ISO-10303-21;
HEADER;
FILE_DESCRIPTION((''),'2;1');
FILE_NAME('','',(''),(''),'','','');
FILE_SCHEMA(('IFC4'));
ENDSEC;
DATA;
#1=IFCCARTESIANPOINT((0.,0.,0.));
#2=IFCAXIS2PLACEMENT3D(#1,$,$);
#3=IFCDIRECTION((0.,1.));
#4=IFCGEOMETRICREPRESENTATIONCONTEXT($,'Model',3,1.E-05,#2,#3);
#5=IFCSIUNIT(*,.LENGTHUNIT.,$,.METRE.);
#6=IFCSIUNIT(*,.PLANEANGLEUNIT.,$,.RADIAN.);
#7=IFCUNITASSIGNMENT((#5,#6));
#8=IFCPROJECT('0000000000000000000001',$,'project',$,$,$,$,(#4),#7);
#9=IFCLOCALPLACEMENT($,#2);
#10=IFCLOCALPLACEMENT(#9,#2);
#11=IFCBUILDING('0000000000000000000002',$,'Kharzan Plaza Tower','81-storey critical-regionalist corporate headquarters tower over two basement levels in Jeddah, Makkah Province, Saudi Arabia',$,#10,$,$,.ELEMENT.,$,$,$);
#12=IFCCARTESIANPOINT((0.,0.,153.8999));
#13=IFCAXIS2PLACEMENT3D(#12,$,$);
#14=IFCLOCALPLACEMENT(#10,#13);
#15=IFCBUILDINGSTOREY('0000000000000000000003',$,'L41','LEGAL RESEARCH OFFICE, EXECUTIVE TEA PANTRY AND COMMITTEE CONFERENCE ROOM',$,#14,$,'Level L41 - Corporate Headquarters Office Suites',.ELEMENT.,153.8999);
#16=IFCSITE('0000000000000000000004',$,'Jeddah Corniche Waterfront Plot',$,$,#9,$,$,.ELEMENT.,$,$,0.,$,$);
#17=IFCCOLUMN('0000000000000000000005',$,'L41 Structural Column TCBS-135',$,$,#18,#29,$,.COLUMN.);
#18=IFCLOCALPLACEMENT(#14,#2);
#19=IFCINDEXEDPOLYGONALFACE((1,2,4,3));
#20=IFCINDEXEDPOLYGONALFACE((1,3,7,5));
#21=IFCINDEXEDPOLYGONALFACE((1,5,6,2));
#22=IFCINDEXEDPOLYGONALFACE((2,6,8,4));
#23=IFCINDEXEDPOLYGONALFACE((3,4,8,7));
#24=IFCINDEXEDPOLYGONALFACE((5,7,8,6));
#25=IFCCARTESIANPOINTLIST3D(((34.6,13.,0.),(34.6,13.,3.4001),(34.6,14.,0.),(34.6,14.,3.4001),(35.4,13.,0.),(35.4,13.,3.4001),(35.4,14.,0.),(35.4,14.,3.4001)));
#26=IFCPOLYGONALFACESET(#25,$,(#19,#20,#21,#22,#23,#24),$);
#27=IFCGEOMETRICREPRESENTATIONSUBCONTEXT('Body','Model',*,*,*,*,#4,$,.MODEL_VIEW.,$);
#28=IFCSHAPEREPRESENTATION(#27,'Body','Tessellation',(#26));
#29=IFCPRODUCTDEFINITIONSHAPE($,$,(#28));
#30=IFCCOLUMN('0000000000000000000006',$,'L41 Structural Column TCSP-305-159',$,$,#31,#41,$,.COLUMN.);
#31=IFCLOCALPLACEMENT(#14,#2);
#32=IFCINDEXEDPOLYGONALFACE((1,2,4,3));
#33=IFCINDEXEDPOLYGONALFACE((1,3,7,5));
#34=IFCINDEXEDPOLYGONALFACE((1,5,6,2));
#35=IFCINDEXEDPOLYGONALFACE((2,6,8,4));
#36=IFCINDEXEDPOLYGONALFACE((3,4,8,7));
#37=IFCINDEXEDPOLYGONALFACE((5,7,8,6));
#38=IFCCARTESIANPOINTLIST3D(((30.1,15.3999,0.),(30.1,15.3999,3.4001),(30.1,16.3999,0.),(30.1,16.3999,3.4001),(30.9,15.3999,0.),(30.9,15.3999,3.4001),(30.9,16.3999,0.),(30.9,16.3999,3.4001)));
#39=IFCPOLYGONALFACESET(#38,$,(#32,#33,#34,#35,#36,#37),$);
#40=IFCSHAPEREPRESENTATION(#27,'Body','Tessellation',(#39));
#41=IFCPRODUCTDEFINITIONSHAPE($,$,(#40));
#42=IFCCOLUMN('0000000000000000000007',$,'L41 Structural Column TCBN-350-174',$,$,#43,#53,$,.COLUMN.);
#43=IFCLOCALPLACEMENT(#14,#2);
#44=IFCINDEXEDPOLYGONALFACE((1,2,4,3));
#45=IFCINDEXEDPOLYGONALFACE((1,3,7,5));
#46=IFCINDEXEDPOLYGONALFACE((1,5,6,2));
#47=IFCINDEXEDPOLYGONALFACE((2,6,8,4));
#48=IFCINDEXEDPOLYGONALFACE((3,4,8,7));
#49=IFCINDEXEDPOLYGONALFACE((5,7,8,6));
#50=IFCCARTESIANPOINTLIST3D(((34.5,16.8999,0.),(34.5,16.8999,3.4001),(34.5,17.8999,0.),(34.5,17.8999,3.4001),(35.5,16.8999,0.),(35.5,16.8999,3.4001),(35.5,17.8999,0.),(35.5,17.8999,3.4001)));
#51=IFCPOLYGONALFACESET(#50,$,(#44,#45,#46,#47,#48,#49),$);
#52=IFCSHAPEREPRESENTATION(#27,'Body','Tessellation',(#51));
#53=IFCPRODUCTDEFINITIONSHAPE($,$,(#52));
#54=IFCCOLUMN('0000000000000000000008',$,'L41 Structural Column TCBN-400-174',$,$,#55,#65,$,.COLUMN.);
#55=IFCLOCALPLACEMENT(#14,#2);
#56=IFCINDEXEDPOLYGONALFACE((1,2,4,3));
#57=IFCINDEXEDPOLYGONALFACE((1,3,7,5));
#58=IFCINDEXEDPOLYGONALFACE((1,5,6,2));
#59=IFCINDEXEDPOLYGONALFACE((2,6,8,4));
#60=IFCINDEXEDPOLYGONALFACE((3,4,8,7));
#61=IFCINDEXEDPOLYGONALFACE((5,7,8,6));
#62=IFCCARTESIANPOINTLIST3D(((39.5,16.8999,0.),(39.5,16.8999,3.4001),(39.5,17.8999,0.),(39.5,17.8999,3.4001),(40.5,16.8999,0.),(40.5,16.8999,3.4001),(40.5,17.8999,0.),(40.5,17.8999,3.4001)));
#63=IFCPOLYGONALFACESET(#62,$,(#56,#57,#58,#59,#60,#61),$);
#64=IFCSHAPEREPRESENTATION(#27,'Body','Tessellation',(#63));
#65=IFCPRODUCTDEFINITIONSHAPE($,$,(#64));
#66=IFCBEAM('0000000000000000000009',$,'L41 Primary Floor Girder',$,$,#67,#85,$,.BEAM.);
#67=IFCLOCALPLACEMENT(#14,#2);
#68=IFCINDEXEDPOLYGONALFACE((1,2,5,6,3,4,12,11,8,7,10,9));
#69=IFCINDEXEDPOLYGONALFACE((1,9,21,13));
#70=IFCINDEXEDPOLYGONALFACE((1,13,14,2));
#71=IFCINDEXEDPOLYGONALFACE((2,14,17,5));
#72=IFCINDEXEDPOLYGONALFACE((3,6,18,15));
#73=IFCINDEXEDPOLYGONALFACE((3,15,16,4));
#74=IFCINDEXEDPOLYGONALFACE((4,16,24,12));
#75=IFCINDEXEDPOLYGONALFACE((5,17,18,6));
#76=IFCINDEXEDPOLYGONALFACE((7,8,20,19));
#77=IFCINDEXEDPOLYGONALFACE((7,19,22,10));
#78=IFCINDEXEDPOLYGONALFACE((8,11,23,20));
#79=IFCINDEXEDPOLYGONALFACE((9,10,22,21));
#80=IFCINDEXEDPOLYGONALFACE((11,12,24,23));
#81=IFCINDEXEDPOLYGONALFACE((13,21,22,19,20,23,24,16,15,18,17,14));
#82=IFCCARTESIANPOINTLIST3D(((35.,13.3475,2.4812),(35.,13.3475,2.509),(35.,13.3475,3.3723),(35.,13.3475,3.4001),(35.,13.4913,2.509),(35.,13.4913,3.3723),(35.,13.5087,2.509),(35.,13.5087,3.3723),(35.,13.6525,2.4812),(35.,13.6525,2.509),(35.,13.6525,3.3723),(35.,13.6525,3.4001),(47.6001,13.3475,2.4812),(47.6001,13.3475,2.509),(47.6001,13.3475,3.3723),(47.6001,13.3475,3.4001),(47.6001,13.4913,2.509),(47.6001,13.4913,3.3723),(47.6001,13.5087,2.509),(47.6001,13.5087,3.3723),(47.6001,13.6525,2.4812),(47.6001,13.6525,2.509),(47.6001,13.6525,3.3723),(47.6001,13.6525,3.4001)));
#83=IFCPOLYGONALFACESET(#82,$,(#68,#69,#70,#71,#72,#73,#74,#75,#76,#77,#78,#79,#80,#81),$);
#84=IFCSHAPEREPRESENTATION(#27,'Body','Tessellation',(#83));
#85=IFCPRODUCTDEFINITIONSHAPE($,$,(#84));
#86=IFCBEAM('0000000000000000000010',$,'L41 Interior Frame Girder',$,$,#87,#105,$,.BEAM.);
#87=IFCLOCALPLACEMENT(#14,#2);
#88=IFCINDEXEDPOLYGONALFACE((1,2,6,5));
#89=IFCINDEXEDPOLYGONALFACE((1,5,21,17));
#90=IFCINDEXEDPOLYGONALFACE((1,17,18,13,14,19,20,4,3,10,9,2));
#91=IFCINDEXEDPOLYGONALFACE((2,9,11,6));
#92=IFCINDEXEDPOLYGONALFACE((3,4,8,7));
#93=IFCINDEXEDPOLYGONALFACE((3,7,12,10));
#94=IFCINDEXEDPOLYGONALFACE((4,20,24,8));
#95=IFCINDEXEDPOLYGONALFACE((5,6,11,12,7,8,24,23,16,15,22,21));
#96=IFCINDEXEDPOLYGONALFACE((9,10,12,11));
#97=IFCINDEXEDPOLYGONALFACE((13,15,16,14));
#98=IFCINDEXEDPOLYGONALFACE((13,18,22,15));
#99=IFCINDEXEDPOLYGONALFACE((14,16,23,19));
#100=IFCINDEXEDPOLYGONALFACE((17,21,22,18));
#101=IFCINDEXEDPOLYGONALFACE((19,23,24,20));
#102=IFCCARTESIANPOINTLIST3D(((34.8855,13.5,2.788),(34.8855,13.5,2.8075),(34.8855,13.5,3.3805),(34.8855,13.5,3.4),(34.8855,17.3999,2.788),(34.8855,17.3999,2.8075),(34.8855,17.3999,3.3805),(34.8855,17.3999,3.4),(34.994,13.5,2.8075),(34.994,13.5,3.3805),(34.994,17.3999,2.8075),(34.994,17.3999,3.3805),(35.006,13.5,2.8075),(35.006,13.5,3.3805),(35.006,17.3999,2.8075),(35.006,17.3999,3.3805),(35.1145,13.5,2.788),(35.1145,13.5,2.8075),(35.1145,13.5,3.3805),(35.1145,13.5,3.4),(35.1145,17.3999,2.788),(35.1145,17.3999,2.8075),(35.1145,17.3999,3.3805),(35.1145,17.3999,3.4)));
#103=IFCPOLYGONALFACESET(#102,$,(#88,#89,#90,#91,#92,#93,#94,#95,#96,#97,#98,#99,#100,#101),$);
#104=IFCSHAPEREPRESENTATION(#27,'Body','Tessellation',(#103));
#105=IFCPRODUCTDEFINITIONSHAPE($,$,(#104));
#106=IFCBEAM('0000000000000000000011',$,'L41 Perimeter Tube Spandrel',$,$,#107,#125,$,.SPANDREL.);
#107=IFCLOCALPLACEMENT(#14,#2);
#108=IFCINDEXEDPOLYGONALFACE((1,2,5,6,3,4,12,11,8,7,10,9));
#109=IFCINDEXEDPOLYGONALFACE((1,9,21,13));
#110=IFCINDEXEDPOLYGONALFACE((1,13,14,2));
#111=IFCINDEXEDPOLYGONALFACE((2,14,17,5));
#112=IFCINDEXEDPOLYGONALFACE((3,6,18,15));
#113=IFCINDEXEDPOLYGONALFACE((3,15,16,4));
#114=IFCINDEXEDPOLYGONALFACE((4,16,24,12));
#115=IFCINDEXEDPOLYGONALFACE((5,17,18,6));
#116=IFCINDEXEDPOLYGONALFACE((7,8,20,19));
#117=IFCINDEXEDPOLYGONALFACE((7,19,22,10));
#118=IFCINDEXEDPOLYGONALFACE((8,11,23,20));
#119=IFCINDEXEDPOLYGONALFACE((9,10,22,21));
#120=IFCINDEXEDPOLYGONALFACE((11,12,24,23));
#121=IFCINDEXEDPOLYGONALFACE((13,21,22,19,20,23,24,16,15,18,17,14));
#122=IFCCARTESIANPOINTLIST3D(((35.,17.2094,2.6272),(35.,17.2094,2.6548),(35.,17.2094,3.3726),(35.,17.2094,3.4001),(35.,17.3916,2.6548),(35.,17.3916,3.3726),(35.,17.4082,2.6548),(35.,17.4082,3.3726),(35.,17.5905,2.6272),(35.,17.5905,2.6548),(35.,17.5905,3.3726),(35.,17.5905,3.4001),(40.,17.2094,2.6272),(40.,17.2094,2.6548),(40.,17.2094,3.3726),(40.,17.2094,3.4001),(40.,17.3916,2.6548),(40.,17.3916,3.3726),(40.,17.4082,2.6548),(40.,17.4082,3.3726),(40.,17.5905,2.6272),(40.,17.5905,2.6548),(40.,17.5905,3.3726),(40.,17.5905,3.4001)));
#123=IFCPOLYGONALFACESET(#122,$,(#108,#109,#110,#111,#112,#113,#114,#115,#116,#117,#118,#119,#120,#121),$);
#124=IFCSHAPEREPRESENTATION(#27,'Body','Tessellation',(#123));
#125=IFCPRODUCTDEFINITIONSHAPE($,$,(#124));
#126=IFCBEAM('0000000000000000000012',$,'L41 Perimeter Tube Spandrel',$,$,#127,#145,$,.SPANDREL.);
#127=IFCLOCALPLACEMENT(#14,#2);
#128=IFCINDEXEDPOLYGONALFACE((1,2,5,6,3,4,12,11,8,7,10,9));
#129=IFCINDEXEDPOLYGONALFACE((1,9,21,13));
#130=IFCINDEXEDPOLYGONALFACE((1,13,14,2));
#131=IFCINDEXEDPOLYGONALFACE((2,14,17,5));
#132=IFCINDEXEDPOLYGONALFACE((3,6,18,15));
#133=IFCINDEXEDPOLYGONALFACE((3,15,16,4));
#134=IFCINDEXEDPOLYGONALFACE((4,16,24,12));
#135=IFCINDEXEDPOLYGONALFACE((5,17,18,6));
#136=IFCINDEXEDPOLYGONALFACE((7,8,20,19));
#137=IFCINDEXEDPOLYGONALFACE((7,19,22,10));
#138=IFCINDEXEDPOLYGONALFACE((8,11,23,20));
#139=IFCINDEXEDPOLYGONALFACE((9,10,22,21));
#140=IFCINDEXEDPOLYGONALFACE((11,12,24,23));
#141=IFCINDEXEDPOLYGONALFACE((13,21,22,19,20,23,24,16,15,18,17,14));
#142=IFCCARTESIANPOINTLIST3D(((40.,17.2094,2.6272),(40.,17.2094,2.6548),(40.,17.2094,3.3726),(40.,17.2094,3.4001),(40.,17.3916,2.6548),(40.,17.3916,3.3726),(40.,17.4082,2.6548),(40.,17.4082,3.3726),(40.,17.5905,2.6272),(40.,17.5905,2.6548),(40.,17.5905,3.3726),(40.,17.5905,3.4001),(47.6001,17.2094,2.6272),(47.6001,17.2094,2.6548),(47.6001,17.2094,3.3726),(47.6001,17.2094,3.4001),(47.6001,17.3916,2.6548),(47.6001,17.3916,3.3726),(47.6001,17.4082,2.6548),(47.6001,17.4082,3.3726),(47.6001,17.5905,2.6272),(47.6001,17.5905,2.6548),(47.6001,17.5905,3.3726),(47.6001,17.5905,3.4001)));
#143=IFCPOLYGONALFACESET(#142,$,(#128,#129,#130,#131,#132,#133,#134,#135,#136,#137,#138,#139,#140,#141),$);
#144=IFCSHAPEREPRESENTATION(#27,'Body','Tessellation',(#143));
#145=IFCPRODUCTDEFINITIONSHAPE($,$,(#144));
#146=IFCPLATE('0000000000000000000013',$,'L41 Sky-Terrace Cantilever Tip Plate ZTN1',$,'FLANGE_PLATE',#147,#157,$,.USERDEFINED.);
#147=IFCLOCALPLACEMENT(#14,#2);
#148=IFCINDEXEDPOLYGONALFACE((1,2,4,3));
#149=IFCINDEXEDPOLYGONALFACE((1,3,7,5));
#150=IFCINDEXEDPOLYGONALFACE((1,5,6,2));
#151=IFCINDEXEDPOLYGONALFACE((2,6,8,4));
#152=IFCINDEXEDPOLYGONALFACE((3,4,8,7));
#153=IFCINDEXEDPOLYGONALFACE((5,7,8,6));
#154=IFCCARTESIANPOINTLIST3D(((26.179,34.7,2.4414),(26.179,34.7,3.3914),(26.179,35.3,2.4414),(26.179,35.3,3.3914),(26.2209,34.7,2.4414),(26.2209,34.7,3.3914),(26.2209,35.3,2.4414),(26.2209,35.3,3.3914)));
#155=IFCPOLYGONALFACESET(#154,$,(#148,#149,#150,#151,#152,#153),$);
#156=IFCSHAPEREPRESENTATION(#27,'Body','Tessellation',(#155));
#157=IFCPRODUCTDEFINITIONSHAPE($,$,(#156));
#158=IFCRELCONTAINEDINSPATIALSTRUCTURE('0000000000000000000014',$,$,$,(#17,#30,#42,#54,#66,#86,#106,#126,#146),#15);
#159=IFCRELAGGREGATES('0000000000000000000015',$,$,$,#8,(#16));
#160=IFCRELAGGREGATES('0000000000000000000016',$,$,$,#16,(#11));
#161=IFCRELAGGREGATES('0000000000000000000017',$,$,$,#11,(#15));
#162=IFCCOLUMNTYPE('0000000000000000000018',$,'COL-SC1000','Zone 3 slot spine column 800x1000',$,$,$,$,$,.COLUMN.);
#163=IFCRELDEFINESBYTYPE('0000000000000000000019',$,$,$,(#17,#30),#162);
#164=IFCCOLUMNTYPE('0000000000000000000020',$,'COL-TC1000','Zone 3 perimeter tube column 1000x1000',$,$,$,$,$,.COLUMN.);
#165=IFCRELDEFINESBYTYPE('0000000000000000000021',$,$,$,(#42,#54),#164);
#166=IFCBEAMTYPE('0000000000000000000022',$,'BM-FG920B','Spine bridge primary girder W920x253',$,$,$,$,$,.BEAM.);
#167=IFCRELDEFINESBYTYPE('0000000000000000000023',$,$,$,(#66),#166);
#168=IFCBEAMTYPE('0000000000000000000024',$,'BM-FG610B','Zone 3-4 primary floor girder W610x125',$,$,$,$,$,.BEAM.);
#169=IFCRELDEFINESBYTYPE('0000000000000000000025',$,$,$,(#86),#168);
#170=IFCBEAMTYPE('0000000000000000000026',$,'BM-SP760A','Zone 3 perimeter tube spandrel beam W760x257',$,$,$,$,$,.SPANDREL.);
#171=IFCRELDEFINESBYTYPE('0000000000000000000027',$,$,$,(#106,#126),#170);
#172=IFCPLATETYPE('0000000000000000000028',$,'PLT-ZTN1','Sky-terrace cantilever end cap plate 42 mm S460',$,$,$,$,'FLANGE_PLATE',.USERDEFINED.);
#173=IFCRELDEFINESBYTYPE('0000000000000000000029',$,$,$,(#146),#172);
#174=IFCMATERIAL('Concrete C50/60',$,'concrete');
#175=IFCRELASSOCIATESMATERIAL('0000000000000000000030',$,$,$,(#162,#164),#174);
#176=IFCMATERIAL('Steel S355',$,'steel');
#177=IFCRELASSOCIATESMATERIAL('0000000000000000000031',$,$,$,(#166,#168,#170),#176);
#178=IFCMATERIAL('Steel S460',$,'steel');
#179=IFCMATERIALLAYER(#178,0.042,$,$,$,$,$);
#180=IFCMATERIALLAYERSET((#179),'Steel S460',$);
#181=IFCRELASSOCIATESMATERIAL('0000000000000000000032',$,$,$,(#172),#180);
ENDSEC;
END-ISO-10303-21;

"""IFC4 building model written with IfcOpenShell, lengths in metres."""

from ifc_helpers import new_model, si_unit, direction, frame, origin, origin_2d, place, context, subcontext, project, spatial, rectangle, i_section, extrude, source, transform, mapped, material, layer, layer_set, material_profile, profile_set, type_object, element, save


model = new_model("IFC4")

# Units and contexts
model_context = context("Model", 3, precision=1e-05, world=origin(), true_north=direction((0.0, 1.0)))
body_context = subcontext(model_context, "Body", "Model", "MODEL_VIEW")
ifc_project = project(units=[si_unit("LENGTHUNIT", "METRE"), si_unit("PLANEANGLEUNIT", "RADIAN")], contexts=[model_context])

# Site, building, storey
site_placement = place(None, origin())
site = spatial("IfcSite", under=ifc_project, at=site_placement, Name="Jeddah Corniche Waterfront Plot", CompositionType="ELEMENT", RefElevation=0.0)
building_placement = place(site_placement, origin())
building = spatial("IfcBuilding", under=site, at=building_placement, Name="Kharzan Plaza Tower", Description="81-storey critical-regionalist corporate headquarters tower over two basement levels in Jeddah, Makkah Province, Saudi Arabia", CompositionType="ELEMENT")
storey_placement = place(building_placement, frame((0.0, 0.0, 153.8999)))
storey = spatial("IfcBuildingStorey", under=building, at=storey_placement, Name="L41", Description="LEGAL RESEARCH OFFICE, EXECUTIVE TEA PANTRY AND COMMITTEE CONFERENCE ROOM", LongName="Level L41 - Corporate Headquarters Office Suites", CompositionType="ELEMENT", Elevation=153.8999)

# Columns
ifc_material_1 = material(Name="Concrete C50/60", Category="concrete")
ifc_material_profile_1 = material_profile(ifc_material_1, rectangle(XDim=0.8, YDim=1.0, at=origin_2d()), Name="RC-SC1000x800")
ifc_profile_set_1 = profile_set([ifc_material_profile_1], Name="Concrete C50/60")
column_type_1 = type_object("IfcColumnType", Name="COL-SC1000", Description="Zone 3 slot spine column 800x1000", PredefinedType="COLUMN", material=ifc_profile_set_1)
shared_shape_1 = source(origin(), body_context, "Body", "SweptSolid", [
    extrude(rectangle(XDim=0.8, YDim=1.0, at=origin_2d()), origin(), (0.0, 0.0, 1.0), 3.4001),
])
for number, where, z_axis, x_axis, name in (
    (1, (35.0, 13.5, 0.0), (0.0, 0.0, 1.0), (1.0, 0.0, 0.0), "L41 Structural Column TCBS-135"),
    (2, (30.5, 15.8999, 0.0), (0.0, 0.0, 1.0), (1.0, 0.0, 0.0), "L41 Structural Column TCSP-305-159"),
):
    element("IfcColumn", number, at=place(storey_placement, frame(where, z_axis=z_axis, x_axis=x_axis)), inside=storey, type_object=column_type_1, Name=name, PredefinedType="COLUMN", context=body_context, shape_type="MappedRepresentation", body=[
        mapped(shared_shape_1, transform((0.0, 0.0, 0.0), x_axis=(1.0, 0.0, 0.0), y_axis=(0.0, 1.0, 0.0), z_axis=(0.0, 0.0, 1.0))),
    ])
ifc_material_profile_2 = material_profile(ifc_material_1, rectangle(XDim=1.0, YDim=1.0, at=origin_2d()), Name="RC-TC1000x1000")
ifc_profile_set_2 = profile_set([ifc_material_profile_2], Name="Concrete C50/60")
column_type_2 = type_object("IfcColumnType", Name="COL-TC1000", Description="Zone 3 perimeter tube column 1000x1000", PredefinedType="COLUMN", material=ifc_profile_set_2)
shared_shape_2 = source(origin(), body_context, "Body", "SweptSolid", [
    extrude(rectangle(XDim=1.0, YDim=1.0, at=origin_2d()), origin(), (0.0, 0.0, 1.0), 3.4001),
])
for number, where, z_axis, x_axis, name in (
    (3, (35.0, 17.3999, 0.0), (0.0, 0.0, 1.0), (1.0, 0.0, 0.0), "L41 Structural Column TCBN-350-174"),
    (4, (40.0, 17.3999, 0.0), (0.0, 0.0, 1.0), (1.0, 0.0, 0.0), "L41 Structural Column TCBN-400-174"),
):
    element("IfcColumn", number, at=place(storey_placement, frame(where, z_axis=z_axis, x_axis=x_axis)), inside=storey, type_object=column_type_2, Name=name, PredefinedType="COLUMN", context=body_context, shape_type="MappedRepresentation", body=[
        mapped(shared_shape_2, transform((0.0, 0.0, 0.0), x_axis=(1.0, 0.0, 0.0), y_axis=(0.0, 1.0, 0.0), z_axis=(0.0, 0.0, 1.0))),
    ])

# Beams
ifc_material_2 = material(Name="Steel S355", Category="steel")
ifc_material_profile_3 = material_profile(ifc_material_2, i_section(OverallWidth=0.3049, OverallDepth=0.9189, WebThickness=0.0173, FlangeThickness=0.0278, at=origin_2d()), Name="W920x253")
ifc_profile_set_3 = profile_set([ifc_material_profile_3], Name="Steel S355")
beam_type_1 = type_object("IfcBeamType", Name="BM-FG920B", Description="Spine bridge primary girder W920x253", PredefinedType="BEAM", material=ifc_profile_set_3)
shared_shape_3 = source(origin(), body_context, "Body", "SweptSolid", [
    extrude(i_section(OverallWidth=0.3049, OverallDepth=0.9189, WebThickness=0.0173, FlangeThickness=0.0278, at=origin_2d()), origin(), (0.0, 0.0, 1.0), 12.6001),
])
beam_1_placement = place(storey_placement, frame((35.0, 13.5, 2.9407), z_axis=(1.0, 0.0, 0.0), x_axis=(0.0, 1.0, 0.0)))
element("IfcBeam", 5, at=beam_1_placement, inside=storey, type_object=beam_type_1, Name="L41 Primary Floor Girder", PredefinedType="BEAM", context=body_context, shape_type="MappedRepresentation", body=[
    mapped(shared_shape_3, transform((0.0, 0.0, 0.0), x_axis=(1.0, 0.0, 0.0), y_axis=(0.0, 1.0, 0.0), z_axis=(0.0, 0.0, 1.0))),
])
ifc_material_profile_4 = material_profile(ifc_material_2, i_section(OverallWidth=0.229, OverallDepth=0.6121, WebThickness=0.012, FlangeThickness=0.0195, at=origin_2d()), Name="W610x125")
ifc_profile_set_4 = profile_set([ifc_material_profile_4], Name="Steel S355")
beam_type_2 = type_object("IfcBeamType", Name="BM-FG610B", Description="Zone 3-4 primary floor girder W610x125", PredefinedType="BEAM", material=ifc_profile_set_4)
shared_shape_4 = source(origin(), body_context, "Body", "SweptSolid", [
    extrude(i_section(OverallWidth=0.229, OverallDepth=0.6121, WebThickness=0.012, FlangeThickness=0.0195, at=origin_2d()), origin(), (0.0, 0.0, 1.0), 3.8999),
])
beam_2_placement = place(storey_placement, frame((35.0, 13.5, 3.094), z_axis=(0.0, 1.0, 0.0), x_axis=(-1.0, 0.0, 0.0)))
element("IfcBeam", 6, at=beam_2_placement, inside=storey, type_object=beam_type_2, Name="L41 Interior Frame Girder", PredefinedType="BEAM", context=body_context, shape_type="MappedRepresentation", body=[
    mapped(shared_shape_4, transform((0.0, 0.0, 0.0), x_axis=(1.0, 0.0, 0.0), y_axis=(0.0, 1.0, 0.0), z_axis=(0.0, 0.0, 1.0))),
])
ifc_material_profile_5 = material_profile(ifc_material_2, i_section(OverallWidth=0.3811, OverallDepth=0.7729, WebThickness=0.0166, FlangeThickness=0.0276, at=origin_2d()), Name="W760x257")
ifc_profile_set_5 = profile_set([ifc_material_profile_5], Name="Steel S355")
beam_type_3 = type_object("IfcBeamType", Name="BM-SP760A", Description="Zone 3 perimeter tube spandrel beam W760x257", PredefinedType="SPANDREL", material=ifc_profile_set_5)
shared_shape_5 = source(origin(), body_context, "Body", "SweptSolid", [
    extrude(i_section(OverallWidth=0.3811, OverallDepth=0.7729, WebThickness=0.0166, FlangeThickness=0.0276, at=origin_2d()), origin(), (0.0, 0.0, 1.0), 5.0),
])
beam_3_placement = place(storey_placement, frame((35.0, 17.3999, 3.0137), z_axis=(1.0, 0.0, 0.0), x_axis=(0.0, 1.0, 0.0)))
element("IfcBeam", 7, at=beam_3_placement, inside=storey, type_object=beam_type_3, Name="L41 Perimeter Tube Spandrel", PredefinedType="SPANDREL", context=body_context, shape_type="MappedRepresentation", body=[
    mapped(shared_shape_5, transform((0.0, 0.0, 0.0), x_axis=(1.0, 0.0, 0.0), y_axis=(0.0, 1.0, 0.0), z_axis=(0.0, 0.0, 1.0))),
])
shared_shape_6 = source(origin(), body_context, "Body", "SweptSolid", [
    extrude(i_section(OverallWidth=0.3811, OverallDepth=0.7729, WebThickness=0.0166, FlangeThickness=0.0276, at=origin_2d()), origin(), (0.0, 0.0, 1.0), 7.6001),
])
beam_4_placement = place(storey_placement, frame((40.0, 17.3999, 3.0137), z_axis=(1.0, 0.0, 0.0), x_axis=(0.0, 1.0, 0.0)))
element("IfcBeam", 8, at=beam_4_placement, inside=storey, type_object=beam_type_3, Name="L41 Perimeter Tube Spandrel", PredefinedType="SPANDREL", context=body_context, shape_type="MappedRepresentation", body=[
    mapped(shared_shape_6, transform((0.0, 0.0, 0.0), x_axis=(1.0, 0.0, 0.0), y_axis=(0.0, 1.0, 0.0), z_axis=(0.0, 0.0, 1.0))),
])

# Plate
ifc_material_3 = material(Name="Steel S460", Category="steel")
ifc_layer_1 = layer(ifc_material_3, 0.042)
ifc_layer_set_1 = layer_set([ifc_layer_1], Name="Steel S460")
plate_type = type_object("IfcPlateType", Name="PLT-ZTN1", Description="Sky-terrace cantilever end cap plate 42 mm S460", ElementType="FLANGE_PLATE", PredefinedType="USERDEFINED", material=ifc_layer_set_1)
shared_shape_7 = source(origin(), body_context, "Body", "SweptSolid", [
    extrude(rectangle(XDim=0.6001, YDim=0.042, at=origin_2d()), origin(), (0.0, 0.0, 1.0), 0.95),
])
plate_placement = place(storey_placement, frame((26.2, 35.0, 2.4414), z_axis=(0.0, 0.0, 1.0), x_axis=(0.0, 1.0, 0.0)))
element("IfcPlate", 9, at=plate_placement, inside=storey, type_object=plate_type, Name="L41 Sky-Terrace Cantilever Tip Plate ZTN1", ObjectType="FLANGE_PLATE", PredefinedType="USERDEFINED", context=body_context, shape_type="MappedRepresentation", body=[
    mapped(shared_shape_7, transform((0.0, 0.0, 0.0), x_axis=(1.0, 0.0, 0.0), y_axis=(0.0, 1.0, 0.0), z_axis=(0.0, 0.0, 1.0))),
])

save(model, "model.ifc")
